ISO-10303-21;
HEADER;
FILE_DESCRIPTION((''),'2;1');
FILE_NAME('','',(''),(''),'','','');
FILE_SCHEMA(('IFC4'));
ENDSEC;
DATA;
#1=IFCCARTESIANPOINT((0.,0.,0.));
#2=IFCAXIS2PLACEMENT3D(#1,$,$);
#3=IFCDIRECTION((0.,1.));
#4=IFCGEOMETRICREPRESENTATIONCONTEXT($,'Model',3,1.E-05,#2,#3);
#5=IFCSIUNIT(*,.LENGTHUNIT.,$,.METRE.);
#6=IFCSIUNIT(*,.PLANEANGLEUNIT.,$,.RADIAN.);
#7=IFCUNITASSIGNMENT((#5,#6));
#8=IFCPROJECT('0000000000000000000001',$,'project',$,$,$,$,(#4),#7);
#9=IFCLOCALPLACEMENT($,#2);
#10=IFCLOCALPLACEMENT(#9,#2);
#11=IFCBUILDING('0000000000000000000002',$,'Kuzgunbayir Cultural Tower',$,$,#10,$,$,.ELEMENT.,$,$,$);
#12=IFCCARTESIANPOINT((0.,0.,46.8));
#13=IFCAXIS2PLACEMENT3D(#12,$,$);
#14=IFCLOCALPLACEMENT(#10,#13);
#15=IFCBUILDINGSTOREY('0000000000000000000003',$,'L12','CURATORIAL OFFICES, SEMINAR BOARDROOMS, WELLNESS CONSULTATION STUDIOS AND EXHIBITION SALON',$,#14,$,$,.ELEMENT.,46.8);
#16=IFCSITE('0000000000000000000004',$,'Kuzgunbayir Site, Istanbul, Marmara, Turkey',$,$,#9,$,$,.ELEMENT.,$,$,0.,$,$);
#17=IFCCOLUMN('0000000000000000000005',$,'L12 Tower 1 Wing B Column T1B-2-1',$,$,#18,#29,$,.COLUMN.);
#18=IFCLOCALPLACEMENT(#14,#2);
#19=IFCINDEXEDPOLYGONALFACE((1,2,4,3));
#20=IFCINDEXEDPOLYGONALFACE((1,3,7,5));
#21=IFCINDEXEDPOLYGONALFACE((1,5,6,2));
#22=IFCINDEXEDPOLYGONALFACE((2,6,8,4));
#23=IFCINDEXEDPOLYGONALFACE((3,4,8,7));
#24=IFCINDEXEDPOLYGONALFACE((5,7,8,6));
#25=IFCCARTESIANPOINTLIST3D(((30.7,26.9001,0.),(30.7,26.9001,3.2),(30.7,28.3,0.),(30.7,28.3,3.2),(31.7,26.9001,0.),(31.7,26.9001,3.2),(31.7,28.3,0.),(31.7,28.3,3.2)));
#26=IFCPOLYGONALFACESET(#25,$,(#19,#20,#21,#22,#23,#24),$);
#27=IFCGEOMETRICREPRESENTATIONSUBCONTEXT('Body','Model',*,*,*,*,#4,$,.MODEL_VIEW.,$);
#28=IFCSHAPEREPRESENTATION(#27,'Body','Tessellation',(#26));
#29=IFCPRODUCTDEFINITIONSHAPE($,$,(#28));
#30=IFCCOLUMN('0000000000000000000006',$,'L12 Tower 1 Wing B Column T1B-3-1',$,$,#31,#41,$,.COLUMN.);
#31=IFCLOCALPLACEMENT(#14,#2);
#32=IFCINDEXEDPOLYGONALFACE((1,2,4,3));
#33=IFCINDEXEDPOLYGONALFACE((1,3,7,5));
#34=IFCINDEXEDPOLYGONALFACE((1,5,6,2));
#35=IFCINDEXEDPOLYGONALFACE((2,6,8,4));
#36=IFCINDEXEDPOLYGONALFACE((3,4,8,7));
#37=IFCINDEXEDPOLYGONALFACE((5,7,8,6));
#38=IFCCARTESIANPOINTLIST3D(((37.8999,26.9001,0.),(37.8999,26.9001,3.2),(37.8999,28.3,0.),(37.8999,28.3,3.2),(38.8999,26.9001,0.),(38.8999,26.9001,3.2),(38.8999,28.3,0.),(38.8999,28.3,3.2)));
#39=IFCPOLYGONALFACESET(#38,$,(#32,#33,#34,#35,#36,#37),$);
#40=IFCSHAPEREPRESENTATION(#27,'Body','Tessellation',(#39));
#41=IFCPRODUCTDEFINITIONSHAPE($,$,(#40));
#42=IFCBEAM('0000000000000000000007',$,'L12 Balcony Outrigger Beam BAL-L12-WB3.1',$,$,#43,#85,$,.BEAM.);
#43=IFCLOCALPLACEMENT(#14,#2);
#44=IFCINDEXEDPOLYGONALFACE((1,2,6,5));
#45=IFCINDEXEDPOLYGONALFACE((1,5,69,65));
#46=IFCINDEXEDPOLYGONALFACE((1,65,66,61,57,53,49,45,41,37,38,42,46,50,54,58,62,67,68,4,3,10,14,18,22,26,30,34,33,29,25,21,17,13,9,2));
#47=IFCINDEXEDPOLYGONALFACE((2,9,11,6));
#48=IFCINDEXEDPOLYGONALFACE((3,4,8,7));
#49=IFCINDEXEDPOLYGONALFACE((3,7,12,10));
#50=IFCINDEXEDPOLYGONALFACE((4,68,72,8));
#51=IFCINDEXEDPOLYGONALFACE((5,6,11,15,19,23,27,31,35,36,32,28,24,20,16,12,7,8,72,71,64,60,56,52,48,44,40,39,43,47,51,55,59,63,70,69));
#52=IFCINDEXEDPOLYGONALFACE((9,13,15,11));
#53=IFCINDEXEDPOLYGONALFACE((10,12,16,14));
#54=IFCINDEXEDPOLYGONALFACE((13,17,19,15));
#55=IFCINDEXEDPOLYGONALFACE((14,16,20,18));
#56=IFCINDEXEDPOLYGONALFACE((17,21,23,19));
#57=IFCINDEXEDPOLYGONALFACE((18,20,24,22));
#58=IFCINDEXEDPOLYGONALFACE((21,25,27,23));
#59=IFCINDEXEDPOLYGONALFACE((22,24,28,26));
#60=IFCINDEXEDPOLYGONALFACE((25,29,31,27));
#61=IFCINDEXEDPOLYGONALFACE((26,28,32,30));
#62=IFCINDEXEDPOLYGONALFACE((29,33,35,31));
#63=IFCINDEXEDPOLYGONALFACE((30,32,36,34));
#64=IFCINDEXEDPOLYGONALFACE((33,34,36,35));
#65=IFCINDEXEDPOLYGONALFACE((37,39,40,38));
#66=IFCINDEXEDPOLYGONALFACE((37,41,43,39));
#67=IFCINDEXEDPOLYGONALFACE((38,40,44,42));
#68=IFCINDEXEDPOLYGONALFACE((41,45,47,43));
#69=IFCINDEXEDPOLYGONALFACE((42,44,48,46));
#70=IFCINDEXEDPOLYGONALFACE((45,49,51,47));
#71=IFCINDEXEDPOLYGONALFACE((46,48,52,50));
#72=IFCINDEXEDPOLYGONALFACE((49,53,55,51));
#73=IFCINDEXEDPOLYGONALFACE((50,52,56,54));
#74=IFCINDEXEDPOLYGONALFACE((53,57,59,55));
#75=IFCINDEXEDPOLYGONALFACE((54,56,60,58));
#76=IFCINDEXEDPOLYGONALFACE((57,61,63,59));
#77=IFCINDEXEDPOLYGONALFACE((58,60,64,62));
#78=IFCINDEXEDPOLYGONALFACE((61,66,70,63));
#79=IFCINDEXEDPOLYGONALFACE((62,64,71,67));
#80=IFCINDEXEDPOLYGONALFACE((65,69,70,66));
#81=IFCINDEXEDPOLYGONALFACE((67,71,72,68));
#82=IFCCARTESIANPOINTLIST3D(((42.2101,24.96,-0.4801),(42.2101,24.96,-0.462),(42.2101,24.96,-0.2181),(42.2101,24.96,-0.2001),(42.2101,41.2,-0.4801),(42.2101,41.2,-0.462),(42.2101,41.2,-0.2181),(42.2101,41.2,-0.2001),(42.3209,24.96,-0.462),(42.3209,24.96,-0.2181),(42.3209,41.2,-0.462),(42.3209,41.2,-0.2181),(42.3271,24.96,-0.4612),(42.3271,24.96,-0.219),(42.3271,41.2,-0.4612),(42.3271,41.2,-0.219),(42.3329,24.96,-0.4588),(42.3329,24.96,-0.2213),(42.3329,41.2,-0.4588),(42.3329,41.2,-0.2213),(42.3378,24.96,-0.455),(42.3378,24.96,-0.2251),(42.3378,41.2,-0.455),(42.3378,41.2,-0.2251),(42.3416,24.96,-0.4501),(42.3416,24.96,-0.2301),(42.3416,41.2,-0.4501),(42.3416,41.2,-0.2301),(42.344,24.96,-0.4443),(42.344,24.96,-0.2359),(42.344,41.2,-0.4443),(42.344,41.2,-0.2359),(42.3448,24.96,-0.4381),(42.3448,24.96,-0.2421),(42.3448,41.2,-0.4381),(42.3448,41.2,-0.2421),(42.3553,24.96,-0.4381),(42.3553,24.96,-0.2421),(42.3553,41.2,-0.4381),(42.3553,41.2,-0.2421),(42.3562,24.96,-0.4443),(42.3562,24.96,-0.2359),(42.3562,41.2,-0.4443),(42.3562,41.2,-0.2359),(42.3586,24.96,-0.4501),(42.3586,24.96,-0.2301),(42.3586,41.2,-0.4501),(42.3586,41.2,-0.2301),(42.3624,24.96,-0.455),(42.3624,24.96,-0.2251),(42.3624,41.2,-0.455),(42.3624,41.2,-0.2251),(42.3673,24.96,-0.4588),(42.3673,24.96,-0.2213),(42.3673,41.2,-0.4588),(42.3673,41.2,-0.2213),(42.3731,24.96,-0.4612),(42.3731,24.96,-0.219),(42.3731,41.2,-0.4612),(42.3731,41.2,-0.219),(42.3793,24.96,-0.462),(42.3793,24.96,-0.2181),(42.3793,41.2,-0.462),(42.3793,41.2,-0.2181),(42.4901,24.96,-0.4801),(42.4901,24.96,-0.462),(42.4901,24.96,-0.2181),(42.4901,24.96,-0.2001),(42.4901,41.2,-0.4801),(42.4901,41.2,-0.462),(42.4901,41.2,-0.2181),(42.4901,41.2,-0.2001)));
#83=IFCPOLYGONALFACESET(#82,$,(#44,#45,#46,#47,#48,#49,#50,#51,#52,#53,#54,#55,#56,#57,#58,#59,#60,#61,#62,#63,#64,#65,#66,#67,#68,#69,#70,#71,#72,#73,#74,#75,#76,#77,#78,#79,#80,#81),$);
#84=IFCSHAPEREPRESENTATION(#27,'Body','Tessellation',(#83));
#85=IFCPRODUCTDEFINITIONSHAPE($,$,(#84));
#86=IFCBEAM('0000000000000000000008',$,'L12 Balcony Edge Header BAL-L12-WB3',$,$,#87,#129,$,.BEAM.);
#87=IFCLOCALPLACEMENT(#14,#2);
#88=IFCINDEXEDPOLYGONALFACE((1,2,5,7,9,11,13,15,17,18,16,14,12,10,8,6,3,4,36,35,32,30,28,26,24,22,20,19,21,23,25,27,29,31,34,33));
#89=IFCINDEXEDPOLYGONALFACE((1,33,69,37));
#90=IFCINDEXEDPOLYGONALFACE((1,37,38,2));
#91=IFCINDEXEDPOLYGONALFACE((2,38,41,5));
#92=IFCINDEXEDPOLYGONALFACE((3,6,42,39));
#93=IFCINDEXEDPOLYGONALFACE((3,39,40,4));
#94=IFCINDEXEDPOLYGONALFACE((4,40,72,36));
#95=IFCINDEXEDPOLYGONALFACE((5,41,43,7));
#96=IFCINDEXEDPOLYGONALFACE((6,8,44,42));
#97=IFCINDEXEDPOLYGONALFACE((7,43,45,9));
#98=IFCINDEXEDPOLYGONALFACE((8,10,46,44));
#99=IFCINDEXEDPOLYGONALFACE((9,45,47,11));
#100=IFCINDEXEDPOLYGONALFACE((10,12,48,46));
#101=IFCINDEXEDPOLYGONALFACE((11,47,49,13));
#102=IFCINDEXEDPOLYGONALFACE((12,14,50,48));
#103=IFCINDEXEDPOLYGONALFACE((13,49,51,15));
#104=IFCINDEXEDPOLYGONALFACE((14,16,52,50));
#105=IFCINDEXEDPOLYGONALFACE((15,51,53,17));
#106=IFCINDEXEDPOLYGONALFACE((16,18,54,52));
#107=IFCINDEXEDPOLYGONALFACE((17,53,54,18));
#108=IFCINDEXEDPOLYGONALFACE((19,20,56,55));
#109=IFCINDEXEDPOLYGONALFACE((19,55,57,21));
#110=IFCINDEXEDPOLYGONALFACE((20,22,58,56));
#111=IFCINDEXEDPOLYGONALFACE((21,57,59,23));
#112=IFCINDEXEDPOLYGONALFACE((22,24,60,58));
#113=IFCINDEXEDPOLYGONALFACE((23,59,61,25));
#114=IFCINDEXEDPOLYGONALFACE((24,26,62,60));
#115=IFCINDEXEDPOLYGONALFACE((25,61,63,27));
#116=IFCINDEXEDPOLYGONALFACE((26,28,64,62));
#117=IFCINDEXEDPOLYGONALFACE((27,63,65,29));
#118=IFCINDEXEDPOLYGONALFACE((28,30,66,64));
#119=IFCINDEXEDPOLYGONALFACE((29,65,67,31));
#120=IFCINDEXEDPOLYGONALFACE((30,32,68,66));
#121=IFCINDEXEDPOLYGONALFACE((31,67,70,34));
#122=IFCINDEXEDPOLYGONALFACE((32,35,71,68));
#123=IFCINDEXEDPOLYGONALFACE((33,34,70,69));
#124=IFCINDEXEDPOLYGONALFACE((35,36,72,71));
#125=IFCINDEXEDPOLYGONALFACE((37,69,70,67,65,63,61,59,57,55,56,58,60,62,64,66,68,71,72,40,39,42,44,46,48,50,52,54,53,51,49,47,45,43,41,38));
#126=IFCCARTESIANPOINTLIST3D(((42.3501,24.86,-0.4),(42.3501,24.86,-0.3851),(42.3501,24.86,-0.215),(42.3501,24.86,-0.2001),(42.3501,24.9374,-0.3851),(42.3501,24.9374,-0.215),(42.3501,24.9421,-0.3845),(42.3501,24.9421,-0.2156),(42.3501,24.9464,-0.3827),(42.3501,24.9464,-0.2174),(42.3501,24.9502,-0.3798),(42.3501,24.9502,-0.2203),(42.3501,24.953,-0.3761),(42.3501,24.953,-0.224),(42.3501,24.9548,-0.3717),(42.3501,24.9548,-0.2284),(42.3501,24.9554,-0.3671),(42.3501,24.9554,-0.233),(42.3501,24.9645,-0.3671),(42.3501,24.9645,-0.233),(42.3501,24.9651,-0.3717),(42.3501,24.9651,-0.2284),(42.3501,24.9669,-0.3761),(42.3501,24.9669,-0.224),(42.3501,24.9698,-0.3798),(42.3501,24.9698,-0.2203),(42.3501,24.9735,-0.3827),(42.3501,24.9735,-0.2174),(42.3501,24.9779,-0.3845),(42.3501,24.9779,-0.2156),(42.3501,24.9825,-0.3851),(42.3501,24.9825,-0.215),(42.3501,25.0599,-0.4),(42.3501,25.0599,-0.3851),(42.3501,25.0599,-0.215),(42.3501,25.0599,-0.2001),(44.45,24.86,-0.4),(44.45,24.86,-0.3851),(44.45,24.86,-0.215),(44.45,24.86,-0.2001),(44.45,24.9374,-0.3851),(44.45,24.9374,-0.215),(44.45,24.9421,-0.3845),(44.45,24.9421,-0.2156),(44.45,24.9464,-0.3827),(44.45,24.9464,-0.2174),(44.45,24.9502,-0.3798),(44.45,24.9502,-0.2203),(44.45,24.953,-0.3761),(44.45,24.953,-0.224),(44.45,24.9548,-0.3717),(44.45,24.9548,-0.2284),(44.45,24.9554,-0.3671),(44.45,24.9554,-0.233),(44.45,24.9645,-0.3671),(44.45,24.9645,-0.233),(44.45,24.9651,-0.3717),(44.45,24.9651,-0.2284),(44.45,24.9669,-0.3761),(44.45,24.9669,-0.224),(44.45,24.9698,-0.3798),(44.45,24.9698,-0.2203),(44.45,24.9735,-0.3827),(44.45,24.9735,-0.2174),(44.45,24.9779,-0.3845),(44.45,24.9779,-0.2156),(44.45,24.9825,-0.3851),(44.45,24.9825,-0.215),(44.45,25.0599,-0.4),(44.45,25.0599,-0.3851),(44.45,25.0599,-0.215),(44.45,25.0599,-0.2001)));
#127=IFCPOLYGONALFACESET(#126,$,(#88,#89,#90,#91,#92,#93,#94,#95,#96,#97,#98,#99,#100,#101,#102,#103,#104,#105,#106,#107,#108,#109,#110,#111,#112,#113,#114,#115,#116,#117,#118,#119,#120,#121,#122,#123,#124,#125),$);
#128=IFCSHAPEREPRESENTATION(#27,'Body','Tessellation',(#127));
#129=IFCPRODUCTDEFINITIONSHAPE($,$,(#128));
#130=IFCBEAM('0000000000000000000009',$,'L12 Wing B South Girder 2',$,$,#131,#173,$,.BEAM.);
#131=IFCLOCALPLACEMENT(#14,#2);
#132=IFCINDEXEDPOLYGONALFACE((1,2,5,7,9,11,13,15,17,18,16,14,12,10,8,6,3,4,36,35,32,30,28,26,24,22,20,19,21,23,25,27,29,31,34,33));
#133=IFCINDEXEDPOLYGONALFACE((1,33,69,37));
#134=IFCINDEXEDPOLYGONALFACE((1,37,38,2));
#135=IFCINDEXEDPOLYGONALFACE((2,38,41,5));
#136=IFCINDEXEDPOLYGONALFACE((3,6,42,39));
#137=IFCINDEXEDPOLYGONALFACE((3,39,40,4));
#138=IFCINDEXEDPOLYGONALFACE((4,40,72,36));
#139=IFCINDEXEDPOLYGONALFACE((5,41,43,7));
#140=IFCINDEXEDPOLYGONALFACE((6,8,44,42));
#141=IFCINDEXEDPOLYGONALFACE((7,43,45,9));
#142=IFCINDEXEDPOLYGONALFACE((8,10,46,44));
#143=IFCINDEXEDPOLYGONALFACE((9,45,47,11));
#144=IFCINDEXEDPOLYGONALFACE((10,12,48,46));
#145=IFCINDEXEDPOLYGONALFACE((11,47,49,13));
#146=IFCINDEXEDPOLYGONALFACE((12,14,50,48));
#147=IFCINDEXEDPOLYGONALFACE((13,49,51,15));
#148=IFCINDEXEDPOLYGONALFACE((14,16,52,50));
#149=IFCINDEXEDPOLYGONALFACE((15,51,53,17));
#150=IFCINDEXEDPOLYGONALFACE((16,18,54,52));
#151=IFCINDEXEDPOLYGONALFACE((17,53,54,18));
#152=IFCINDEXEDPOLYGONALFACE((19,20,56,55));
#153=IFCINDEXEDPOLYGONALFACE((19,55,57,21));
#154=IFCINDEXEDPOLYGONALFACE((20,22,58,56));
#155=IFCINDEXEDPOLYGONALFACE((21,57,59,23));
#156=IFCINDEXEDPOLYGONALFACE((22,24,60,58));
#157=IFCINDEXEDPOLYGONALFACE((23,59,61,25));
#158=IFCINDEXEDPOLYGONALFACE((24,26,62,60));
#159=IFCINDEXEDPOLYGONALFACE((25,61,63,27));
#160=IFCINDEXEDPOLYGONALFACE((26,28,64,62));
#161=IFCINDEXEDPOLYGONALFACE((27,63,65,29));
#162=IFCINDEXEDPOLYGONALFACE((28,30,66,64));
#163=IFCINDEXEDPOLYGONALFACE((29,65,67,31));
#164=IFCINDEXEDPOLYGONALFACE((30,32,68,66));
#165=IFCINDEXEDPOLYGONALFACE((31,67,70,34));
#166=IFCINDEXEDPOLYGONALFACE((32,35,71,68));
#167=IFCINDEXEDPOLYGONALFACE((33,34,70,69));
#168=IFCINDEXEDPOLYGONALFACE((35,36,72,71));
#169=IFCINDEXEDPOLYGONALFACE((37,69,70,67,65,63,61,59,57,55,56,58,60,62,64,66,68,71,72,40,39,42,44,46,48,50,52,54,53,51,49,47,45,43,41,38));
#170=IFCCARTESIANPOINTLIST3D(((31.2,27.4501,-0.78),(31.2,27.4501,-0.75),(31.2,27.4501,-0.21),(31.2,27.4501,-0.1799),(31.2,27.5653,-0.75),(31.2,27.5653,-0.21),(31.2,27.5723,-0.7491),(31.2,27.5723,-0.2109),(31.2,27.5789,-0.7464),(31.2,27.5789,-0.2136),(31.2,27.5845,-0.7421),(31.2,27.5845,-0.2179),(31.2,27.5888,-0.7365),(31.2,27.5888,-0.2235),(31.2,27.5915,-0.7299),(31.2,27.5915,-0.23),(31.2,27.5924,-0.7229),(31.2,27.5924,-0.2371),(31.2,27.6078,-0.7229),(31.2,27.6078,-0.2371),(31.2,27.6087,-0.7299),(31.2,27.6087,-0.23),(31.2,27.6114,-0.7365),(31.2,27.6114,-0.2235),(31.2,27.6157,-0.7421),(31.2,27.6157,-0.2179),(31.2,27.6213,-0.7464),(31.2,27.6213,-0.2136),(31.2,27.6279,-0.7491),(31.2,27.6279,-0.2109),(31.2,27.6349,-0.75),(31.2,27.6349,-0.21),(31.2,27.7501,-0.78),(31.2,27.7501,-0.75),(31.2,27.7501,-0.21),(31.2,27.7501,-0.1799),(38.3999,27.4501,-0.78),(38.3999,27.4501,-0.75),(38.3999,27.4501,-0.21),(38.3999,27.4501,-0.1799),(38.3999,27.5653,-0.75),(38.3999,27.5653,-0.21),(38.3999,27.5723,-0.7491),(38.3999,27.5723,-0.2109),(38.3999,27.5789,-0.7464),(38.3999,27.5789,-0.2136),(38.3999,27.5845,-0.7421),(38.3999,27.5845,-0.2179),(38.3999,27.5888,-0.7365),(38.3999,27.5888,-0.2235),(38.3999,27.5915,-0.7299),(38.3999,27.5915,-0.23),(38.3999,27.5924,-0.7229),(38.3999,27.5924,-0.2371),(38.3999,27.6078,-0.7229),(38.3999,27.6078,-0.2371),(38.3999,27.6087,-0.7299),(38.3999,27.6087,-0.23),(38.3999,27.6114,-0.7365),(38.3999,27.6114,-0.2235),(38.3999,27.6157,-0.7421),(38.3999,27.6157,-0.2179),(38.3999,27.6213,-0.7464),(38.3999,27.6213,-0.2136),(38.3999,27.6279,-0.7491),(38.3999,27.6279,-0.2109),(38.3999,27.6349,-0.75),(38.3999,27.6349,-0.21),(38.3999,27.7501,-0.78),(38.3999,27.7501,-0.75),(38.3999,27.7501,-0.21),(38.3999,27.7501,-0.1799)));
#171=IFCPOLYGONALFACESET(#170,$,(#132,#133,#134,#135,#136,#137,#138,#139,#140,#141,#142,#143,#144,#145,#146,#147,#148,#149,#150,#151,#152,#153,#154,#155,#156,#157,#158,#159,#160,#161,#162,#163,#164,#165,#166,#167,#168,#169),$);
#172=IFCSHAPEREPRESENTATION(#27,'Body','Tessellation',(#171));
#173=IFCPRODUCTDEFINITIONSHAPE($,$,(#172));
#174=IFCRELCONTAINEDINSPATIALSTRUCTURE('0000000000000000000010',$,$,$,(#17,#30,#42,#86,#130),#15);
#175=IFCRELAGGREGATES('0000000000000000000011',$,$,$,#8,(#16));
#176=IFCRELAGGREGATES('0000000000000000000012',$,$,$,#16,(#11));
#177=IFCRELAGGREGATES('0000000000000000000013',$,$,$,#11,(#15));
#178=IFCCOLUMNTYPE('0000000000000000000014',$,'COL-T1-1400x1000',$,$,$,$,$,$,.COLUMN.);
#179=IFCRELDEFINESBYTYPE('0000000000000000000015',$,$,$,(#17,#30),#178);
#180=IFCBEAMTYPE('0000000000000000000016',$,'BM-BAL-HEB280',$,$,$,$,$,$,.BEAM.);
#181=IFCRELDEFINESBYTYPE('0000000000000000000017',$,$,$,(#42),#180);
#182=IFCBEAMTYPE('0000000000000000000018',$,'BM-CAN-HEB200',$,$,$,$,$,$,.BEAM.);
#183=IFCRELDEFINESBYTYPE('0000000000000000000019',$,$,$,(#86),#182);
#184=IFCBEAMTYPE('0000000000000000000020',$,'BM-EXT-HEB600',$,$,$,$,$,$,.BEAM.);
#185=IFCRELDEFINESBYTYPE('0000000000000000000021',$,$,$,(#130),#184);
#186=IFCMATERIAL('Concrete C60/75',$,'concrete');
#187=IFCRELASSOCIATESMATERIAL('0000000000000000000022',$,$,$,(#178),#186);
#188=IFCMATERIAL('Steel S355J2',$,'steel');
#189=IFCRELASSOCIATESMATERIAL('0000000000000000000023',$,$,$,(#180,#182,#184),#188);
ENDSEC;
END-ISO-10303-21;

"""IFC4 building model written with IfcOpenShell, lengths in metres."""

from ifc_helpers import new_model, si_unit, direction, frame, origin, origin_2d, place, context, subcontext, project, spatial, rectangle, i_section, extrude, material, material_profile, profile_set, type_object, element, save


model = new_model("IFC4")

# Units and contexts
model_context = context("Model", 3, precision=1e-05, world=origin(), true_north=direction((0.0, 1.0)))
body_context = subcontext(model_context, "Body", "Model", "MODEL_VIEW")
ifc_project = project(units=[si_unit("LENGTHUNIT", "METRE"), si_unit("PLANEANGLEUNIT", "RADIAN")], contexts=[model_context])

# Site, building, storey
site_placement = place(None, origin())
site = spatial("IfcSite", under=ifc_project, at=site_placement, Name="Kuzgunbayir Site, Istanbul, Marmara, Turkey", CompositionType="ELEMENT", RefElevation=0.0)
building_placement = place(site_placement, origin())
building = spatial("IfcBuilding", under=site, at=building_placement, Name="Kuzgunbayir Cultural Tower", CompositionType="ELEMENT")
storey_placement = place(building_placement, frame((0.0, 0.0, 46.8)))
storey = spatial("IfcBuildingStorey", under=building, at=storey_placement, Name="L12", Description="CURATORIAL OFFICES, SEMINAR BOARDROOMS, WELLNESS CONSULTATION STUDIOS AND EXHIBITION SALON", CompositionType="ELEMENT", Elevation=46.8)

# Columns
ifc_material_1 = material(Name="Concrete C60/75", Category="concrete")
ifc_material_profile_1 = material_profile(ifc_material_1, rectangle(XDim=1.0, YDim=1.3999, at=origin_2d()), Name="RC 1400x1000")
ifc_profile_set_1 = profile_set([ifc_material_profile_1], Name="Concrete C60/75")
column_type = type_object("IfcColumnType", Name="COL-T1-1400x1000", PredefinedType="COLUMN", material=ifc_profile_set_1)
for number, where, z_axis, x_axis, name in (
    (1, (31.2, 27.6001, 0.0), (0.0, 0.0, 1.0), (1.0, 0.0, 0.0), "L12 Tower 1 Wing B Column T1B-2-1"),
    (2, (38.3999, 27.6001, 0.0), (0.0, 0.0, 1.0), (1.0, 0.0, 0.0), "L12 Tower 1 Wing B Column T1B-3-1"),
):
    element("IfcColumn", number, at=place(storey_placement, frame(where, z_axis=z_axis, x_axis=x_axis)), inside=storey, type_object=column_type, Name=name, PredefinedType="COLUMN", context=body_context, shape_type="SweptSolid", body=[
        extrude(rectangle(XDim=1.0, YDim=1.3999, at=origin_2d()), origin(), (0.0, 0.0, 1.0), 3.2),
    ])

# Beams
ifc_material_2 = material(Name="Steel S355J2", Category="steel")
ifc_material_profile_2 = material_profile(ifc_material_2, i_section(OverallWidth=0.28, OverallDepth=0.28, WebThickness=0.0105, FlangeThickness=0.0181, FilletRadius=0.0239, at=origin_2d()), Name="HEB 280")
ifc_profile_set_2 = profile_set([ifc_material_profile_2], Name="Steel S355J2")
beam_type_1 = type_object("IfcBeamType", Name="BM-BAL-HEB280", PredefinedType="BEAM", material=ifc_profile_set_2)
beam_1_placement = place(storey_placement, frame((42.3501, 24.96, -0.3401), z_axis=(0.0, 1.0, 0.0), x_axis=(-1.0, 0.0, 0.0)))
element("IfcBeam", 3, at=beam_1_placement, inside=storey, type_object=beam_type_1, Name="L12 Balcony Outrigger Beam BAL-L12-WB3.1", PredefinedType="BEAM", context=body_context, shape_type="SweptSolid", body=[
    extrude(i_section(OverallWidth=0.28, OverallDepth=0.28, WebThickness=0.0105, FlangeThickness=0.0181, FilletRadius=0.0239, at=origin_2d()), origin(), (0.0, 0.0, 1.0), 16.24),
])
ifc_material_profile_3 = material_profile(ifc_material_2, i_section(OverallWidth=0.2, OverallDepth=0.2, WebThickness=0.009, FlangeThickness=0.0149, FilletRadius=0.0181, at=origin_2d()), Name="HEB 200")
ifc_profile_set_3 = profile_set([ifc_material_profile_3], Name="Steel S355J2")
beam_type_2 = type_object("IfcBeamType", Name="BM-CAN-HEB200", PredefinedType="BEAM", material=ifc_profile_set_3)
beam_2_placement = place(storey_placement, frame((42.3501, 24.96, -0.3), z_axis=(1.0, 0.0, 0.0), x_axis=(0.0, 1.0, 0.0)))
element("IfcBeam", 4, at=beam_2_placement, inside=storey, type_object=beam_type_2, Name="L12 Balcony Edge Header BAL-L12-WB3", PredefinedType="BEAM", context=body_context, shape_type="SweptSolid", body=[
    extrude(i_section(OverallWidth=0.2, OverallDepth=0.2, WebThickness=0.009, FlangeThickness=0.0149, FilletRadius=0.0181, at=origin_2d()), origin(), (0.0, 0.0, 1.0), 2.0999),
])
ifc_material_profile_4 = material_profile(ifc_material_2, i_section(OverallWidth=0.3, OverallDepth=0.6001, WebThickness=0.0154, FlangeThickness=0.03, FilletRadius=0.0271, at=origin_2d()), Name="HEB 600")
ifc_profile_set_4 = profile_set([ifc_material_profile_4], Name="Steel S355J2")
beam_type_3 = type_object("IfcBeamType", Name="BM-EXT-HEB600", PredefinedType="BEAM", material=ifc_profile_set_4)
beam_3_placement = place(storey_placement, frame((31.2, 27.6001, -0.48), z_axis=(1.0, 0.0, 0.0), x_axis=(0.0, 1.0, 0.0)))
element("IfcBeam", 5, at=beam_3_placement, inside=storey, type_object=beam_type_3, Name="L12 Wing B South Girder 2", PredefinedType="BEAM", context=body_context, shape_type="SweptSolid", body=[
    extrude(i_section(OverallWidth=0.3, OverallDepth=0.6001, WebThickness=0.0154, FlangeThickness=0.03, FilletRadius=0.0271, at=origin_2d()), origin(), (0.0, 0.0, 1.0), 7.2),
])

save(model, "model.ifc")
